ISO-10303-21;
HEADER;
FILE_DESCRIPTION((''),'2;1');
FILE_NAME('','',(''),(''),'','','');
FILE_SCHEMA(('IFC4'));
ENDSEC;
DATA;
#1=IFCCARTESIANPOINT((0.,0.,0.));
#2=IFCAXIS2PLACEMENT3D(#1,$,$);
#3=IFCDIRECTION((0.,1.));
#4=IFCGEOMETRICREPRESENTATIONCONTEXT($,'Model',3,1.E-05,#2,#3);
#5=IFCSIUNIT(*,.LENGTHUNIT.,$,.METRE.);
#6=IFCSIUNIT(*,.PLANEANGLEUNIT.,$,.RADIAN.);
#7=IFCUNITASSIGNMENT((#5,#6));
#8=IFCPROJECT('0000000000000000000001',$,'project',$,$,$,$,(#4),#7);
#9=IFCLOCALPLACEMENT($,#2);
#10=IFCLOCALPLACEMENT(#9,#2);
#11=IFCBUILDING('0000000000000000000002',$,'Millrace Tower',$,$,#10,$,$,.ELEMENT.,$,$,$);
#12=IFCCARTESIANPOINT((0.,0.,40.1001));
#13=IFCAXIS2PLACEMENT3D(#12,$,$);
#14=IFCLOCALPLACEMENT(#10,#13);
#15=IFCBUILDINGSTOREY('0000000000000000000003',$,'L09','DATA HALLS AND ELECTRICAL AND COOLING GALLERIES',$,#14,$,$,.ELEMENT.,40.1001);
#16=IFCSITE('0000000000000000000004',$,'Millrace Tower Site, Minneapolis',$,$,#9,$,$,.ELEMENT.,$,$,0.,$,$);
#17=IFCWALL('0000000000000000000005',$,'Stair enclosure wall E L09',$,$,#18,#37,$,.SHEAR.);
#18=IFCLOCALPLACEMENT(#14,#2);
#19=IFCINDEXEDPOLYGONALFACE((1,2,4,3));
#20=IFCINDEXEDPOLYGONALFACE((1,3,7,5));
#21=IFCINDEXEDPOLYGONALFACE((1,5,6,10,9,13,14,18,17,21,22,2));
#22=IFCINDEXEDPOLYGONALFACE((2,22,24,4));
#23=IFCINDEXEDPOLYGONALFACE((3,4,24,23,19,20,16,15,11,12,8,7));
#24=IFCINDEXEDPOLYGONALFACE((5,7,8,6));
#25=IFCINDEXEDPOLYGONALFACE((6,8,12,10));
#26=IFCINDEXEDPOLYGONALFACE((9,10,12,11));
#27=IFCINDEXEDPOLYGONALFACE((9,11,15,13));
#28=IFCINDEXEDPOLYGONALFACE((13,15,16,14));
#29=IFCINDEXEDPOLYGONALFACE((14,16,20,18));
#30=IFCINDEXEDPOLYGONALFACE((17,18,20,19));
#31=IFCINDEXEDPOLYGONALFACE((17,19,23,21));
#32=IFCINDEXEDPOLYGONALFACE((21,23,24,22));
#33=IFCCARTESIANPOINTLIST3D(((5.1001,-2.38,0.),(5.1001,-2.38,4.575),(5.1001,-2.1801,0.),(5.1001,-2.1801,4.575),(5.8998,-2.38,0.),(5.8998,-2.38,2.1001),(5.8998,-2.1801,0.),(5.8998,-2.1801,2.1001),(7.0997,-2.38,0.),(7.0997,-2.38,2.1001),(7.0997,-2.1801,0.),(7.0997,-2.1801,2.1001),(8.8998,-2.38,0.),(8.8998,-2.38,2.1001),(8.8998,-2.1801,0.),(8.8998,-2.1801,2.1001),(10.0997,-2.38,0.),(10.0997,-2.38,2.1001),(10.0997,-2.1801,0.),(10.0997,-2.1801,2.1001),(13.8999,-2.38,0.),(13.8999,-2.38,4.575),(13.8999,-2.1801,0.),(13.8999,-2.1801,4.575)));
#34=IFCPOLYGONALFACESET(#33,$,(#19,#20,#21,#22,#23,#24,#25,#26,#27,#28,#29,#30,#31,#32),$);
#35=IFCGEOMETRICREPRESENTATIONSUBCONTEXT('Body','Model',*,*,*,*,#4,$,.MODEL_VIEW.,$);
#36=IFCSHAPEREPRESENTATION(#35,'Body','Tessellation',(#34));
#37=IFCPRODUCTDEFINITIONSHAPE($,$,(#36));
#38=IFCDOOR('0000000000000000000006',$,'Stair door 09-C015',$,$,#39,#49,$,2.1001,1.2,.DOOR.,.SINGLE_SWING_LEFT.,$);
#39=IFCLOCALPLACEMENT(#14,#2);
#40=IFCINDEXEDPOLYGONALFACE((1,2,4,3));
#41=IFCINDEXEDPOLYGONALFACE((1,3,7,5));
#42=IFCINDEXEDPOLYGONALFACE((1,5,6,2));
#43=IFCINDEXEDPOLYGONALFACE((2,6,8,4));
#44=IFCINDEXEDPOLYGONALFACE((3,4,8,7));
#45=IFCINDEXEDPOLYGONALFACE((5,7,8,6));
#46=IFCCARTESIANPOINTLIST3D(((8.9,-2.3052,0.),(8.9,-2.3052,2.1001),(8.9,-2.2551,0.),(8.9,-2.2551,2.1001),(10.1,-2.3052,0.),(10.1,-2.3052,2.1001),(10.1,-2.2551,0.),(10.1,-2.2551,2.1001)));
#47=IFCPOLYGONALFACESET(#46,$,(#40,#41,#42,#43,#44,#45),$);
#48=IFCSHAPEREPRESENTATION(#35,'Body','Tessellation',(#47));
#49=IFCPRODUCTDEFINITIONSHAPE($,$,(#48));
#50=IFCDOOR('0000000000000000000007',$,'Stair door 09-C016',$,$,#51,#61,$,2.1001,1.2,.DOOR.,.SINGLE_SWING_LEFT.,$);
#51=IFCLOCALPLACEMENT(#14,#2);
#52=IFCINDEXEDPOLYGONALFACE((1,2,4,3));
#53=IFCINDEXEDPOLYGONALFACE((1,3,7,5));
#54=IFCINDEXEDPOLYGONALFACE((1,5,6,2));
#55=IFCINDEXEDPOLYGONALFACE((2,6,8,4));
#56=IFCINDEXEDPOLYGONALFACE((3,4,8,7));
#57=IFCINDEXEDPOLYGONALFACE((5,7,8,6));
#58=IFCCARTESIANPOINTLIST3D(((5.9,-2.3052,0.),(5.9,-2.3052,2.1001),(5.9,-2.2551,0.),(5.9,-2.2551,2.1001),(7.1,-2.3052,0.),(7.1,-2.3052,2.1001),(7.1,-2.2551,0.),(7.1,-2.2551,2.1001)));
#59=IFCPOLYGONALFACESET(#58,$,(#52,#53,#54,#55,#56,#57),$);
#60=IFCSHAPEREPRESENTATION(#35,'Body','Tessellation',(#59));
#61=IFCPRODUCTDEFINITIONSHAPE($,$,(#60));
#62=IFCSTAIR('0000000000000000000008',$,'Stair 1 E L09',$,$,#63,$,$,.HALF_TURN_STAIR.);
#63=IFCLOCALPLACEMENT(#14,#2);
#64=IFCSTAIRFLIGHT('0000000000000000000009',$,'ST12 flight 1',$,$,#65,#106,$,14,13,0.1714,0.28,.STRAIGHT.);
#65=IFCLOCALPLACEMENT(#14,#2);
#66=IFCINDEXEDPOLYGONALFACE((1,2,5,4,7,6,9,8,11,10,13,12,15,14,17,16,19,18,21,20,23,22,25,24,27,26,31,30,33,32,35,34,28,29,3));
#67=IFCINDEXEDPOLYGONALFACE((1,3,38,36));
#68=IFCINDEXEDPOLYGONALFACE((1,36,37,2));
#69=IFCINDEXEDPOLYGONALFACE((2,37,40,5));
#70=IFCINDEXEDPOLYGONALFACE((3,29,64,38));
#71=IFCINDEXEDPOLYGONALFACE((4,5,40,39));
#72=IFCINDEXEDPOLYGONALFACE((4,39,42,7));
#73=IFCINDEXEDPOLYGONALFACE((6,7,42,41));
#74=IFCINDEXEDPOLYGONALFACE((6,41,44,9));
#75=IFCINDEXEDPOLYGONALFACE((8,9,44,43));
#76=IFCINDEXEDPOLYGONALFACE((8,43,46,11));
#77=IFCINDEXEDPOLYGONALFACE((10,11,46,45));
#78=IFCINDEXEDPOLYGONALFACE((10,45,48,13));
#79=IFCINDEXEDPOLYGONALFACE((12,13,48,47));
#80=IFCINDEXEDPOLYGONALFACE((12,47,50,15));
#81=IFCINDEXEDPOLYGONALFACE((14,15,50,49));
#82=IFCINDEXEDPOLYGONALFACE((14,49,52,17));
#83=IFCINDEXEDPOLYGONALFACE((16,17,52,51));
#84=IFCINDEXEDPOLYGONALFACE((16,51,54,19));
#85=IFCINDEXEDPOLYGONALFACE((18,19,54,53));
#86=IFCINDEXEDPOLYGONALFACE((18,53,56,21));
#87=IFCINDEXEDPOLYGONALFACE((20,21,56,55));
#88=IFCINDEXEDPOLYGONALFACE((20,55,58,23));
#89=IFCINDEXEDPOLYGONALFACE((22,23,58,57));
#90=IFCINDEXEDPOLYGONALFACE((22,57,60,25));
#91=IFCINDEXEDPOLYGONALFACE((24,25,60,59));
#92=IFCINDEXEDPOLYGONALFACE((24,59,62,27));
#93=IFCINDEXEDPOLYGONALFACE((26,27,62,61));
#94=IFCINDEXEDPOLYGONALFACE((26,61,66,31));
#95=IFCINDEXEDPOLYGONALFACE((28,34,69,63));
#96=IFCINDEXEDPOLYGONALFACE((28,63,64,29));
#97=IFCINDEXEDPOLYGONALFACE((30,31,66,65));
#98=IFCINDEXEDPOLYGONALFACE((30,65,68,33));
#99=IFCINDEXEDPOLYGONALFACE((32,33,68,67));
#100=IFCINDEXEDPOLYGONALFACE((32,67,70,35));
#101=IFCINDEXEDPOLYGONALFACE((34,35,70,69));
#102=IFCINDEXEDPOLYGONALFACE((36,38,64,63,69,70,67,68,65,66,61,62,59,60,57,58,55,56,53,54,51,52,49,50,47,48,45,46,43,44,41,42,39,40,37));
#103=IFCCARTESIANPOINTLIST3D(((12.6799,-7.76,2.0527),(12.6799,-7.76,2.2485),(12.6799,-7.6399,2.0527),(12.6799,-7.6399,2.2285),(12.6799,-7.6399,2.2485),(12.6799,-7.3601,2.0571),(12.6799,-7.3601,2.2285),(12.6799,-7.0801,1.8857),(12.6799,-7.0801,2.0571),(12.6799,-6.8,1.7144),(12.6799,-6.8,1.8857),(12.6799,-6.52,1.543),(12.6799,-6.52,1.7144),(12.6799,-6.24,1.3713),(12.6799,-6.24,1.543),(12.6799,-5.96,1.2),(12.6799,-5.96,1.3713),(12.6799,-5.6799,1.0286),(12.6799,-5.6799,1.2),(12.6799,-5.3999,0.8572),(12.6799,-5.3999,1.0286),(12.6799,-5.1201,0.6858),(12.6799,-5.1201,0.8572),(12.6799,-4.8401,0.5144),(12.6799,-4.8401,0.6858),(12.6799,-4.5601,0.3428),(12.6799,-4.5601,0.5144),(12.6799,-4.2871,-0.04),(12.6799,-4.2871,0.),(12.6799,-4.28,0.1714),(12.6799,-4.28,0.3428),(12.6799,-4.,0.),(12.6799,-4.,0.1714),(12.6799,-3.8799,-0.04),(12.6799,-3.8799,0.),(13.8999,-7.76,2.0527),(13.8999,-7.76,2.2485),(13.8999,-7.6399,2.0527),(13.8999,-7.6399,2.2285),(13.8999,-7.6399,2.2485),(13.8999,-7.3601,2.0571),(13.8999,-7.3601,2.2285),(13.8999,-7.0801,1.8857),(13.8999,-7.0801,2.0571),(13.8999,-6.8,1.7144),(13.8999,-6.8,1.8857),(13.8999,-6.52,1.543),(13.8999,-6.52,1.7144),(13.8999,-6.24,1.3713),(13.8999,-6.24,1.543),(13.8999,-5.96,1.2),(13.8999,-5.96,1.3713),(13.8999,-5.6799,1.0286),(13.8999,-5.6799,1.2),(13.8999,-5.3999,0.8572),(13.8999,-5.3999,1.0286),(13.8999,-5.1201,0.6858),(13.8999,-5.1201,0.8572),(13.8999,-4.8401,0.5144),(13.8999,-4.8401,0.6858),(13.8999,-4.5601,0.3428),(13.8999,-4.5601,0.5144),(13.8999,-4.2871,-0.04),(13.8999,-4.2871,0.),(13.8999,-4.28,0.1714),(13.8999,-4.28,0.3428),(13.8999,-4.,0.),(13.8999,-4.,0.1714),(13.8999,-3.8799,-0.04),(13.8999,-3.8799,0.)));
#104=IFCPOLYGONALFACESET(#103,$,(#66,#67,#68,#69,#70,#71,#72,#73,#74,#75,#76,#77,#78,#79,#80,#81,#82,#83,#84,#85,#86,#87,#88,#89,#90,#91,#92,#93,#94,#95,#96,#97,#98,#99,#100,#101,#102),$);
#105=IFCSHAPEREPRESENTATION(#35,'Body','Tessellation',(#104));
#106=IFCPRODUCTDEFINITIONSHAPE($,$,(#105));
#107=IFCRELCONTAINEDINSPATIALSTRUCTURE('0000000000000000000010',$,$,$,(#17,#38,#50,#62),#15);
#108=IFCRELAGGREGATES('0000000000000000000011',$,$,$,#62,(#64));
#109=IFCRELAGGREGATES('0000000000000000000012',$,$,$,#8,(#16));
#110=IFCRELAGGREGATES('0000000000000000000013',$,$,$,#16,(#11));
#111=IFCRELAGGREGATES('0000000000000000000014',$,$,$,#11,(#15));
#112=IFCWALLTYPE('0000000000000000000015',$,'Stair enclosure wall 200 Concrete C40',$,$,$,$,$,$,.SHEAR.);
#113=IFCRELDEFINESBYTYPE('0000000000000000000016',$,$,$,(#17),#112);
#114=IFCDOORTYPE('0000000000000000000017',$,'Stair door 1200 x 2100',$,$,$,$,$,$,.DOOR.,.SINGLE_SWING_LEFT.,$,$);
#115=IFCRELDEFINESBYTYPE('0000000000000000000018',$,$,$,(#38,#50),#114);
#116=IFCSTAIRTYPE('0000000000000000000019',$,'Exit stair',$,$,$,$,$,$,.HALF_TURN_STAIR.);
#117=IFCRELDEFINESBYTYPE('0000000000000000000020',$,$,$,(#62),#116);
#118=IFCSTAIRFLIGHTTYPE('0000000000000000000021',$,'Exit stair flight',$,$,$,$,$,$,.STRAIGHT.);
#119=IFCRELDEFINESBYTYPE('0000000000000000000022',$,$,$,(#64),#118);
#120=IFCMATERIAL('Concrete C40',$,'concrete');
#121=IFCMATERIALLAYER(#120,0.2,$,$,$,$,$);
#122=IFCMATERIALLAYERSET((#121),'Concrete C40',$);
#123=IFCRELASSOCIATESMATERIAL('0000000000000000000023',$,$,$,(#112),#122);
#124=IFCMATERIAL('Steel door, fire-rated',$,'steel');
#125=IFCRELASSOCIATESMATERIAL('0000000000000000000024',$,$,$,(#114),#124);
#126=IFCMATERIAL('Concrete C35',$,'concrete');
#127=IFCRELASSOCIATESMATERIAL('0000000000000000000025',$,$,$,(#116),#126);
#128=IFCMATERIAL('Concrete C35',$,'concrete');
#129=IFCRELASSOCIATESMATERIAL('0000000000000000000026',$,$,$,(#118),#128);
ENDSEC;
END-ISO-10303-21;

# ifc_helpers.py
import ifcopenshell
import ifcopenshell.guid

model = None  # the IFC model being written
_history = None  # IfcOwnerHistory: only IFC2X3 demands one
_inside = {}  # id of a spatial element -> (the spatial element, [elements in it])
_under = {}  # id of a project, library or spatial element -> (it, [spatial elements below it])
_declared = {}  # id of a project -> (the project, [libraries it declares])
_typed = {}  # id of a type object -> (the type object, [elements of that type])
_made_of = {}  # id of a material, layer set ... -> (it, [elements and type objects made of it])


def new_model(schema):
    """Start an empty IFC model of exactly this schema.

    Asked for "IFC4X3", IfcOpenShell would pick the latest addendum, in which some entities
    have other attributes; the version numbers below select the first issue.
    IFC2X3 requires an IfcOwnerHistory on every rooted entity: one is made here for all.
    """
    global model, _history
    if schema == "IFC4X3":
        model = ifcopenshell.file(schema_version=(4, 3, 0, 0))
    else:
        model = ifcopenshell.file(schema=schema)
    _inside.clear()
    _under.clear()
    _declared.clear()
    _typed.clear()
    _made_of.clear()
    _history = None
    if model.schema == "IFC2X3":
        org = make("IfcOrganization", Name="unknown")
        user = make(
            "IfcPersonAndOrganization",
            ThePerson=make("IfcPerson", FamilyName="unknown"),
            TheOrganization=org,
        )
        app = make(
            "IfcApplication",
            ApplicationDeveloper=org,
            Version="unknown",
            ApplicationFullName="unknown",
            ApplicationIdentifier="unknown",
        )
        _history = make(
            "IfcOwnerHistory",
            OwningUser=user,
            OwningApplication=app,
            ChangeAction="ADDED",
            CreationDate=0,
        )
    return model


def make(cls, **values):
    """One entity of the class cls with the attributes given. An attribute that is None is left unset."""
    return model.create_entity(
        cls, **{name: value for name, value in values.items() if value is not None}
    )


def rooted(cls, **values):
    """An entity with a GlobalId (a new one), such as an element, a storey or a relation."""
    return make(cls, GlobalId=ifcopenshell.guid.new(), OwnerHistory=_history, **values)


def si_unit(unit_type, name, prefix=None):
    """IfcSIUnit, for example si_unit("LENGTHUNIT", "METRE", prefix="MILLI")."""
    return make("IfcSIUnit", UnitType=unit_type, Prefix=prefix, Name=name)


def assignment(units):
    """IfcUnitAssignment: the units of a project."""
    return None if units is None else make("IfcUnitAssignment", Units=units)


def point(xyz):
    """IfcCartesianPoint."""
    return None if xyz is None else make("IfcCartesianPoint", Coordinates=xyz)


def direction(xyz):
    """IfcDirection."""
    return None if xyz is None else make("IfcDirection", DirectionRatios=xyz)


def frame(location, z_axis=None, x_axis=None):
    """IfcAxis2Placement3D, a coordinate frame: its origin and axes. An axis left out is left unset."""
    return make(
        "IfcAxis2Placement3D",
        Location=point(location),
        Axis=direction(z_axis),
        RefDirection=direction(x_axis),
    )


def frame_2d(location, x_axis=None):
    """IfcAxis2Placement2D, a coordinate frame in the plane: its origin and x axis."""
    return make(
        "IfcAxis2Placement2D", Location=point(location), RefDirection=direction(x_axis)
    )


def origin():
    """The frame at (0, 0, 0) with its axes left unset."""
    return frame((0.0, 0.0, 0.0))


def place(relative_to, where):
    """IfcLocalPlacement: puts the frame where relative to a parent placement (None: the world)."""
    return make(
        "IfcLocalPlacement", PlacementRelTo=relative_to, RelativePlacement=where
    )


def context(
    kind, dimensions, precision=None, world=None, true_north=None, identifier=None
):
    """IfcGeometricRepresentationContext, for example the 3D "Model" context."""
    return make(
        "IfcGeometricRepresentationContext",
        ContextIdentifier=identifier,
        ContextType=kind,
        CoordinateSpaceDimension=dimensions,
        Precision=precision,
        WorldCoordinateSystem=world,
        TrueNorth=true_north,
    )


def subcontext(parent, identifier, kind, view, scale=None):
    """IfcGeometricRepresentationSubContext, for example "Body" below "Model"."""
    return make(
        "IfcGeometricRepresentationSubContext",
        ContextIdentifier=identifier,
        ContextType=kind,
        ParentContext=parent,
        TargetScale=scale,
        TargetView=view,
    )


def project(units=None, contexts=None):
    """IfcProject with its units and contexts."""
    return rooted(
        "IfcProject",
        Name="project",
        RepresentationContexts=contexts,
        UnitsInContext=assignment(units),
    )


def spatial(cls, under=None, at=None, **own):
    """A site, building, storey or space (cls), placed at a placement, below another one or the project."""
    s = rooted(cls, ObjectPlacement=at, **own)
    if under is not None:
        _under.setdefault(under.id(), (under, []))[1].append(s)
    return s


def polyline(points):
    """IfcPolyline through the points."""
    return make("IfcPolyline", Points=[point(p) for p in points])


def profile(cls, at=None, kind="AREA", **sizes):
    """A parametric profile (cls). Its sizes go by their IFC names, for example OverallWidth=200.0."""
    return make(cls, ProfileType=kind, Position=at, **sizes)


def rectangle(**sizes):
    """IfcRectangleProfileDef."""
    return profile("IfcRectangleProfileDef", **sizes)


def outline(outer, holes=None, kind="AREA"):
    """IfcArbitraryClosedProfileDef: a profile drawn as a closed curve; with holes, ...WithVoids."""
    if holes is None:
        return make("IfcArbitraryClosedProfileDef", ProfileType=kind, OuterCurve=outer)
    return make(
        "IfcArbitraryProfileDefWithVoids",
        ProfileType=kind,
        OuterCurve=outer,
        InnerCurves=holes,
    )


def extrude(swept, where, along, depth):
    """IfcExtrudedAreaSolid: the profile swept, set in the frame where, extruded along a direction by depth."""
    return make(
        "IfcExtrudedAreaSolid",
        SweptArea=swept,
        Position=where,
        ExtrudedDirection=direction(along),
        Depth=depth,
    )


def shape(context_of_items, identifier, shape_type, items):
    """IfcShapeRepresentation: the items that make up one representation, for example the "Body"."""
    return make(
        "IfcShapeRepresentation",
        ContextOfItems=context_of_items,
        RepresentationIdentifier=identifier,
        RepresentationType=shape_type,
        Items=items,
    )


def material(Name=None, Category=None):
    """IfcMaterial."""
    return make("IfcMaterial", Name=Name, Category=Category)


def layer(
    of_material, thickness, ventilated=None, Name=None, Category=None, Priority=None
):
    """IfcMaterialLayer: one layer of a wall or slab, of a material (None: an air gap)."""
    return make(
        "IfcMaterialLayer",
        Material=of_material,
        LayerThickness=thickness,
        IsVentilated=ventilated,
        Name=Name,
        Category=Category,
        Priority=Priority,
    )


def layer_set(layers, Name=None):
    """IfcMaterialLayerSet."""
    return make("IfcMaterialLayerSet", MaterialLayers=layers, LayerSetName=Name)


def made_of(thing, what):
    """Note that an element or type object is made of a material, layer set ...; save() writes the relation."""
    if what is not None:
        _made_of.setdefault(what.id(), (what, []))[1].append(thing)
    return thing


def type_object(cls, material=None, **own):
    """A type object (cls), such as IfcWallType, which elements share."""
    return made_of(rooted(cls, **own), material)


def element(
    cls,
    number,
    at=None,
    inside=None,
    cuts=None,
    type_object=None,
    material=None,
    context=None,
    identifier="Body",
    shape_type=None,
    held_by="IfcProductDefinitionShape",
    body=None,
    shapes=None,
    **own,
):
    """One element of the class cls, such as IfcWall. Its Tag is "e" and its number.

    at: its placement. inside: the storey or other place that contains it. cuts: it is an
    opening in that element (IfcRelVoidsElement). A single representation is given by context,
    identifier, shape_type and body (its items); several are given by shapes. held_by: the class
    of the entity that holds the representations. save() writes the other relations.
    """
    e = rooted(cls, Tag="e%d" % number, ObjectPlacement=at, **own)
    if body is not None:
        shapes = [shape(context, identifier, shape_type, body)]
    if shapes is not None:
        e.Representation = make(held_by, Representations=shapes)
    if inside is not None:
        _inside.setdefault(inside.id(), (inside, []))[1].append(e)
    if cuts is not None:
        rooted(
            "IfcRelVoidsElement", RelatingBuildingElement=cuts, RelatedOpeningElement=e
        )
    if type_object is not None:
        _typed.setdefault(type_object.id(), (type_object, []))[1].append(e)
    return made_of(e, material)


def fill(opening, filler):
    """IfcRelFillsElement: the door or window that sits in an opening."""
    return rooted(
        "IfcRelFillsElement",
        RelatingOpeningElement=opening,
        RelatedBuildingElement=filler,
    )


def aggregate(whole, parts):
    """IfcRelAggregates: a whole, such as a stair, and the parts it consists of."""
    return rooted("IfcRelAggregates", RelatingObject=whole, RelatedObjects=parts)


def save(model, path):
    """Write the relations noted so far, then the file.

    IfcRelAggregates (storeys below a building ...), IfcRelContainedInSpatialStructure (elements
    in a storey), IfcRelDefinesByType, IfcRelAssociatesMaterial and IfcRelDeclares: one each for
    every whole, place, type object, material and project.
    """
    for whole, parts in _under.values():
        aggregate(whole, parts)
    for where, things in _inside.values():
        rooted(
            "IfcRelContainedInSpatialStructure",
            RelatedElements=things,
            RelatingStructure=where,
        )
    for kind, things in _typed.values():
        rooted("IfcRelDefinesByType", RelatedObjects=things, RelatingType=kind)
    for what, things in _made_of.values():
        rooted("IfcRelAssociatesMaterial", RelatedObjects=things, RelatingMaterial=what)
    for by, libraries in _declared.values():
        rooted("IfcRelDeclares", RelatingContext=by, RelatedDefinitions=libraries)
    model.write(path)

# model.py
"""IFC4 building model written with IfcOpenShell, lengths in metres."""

from ifc_helpers import new_model, si_unit, direction, frame, frame_2d, origin, place, context, subcontext, project, spatial, polyline, rectangle, outline, extrude, material, layer, layer_set, type_object, element, fill, aggregate, save


model = new_model("IFC4")

# Units and contexts
model_context = context("Model", 3, precision=1e-05, world=origin(), true_north=direction((0.0, 1.0)))
body_context = subcontext(model_context, "Body", "Model", "MODEL_VIEW")
ifc_project = project(units=[si_unit("LENGTHUNIT", "METRE"), si_unit("PLANEANGLEUNIT", "RADIAN")], contexts=[model_context])

# Site, building, storey
site_placement = place(None, origin())
site = spatial("IfcSite", under=ifc_project, at=site_placement, Name="Millrace Tower Site, Minneapolis", CompositionType="ELEMENT", RefElevation=0.0)
building_placement = place(site_placement, origin())
building = spatial("IfcBuilding", under=site, at=building_placement, Name="Millrace Tower", CompositionType="ELEMENT")
storey_placement = place(building_placement, frame((0.0, 0.0, 40.1001)))
storey = spatial("IfcBuildingStorey", under=building, at=storey_placement, Name="L09", Description="DATA HALLS AND ELECTRICAL AND COOLING GALLERIES", CompositionType="ELEMENT", Elevation=40.1001)

# Shared definitions
placement = place(storey_placement, origin())

# Shared definitions
ifc_material_1 = material(Name="Concrete C40", Category="concrete")
ifc_layer_1 = layer(ifc_material_1, 0.2)
ifc_layer_set_1 = layer_set([ifc_layer_1], Name="Concrete C40")
wall_type_1 = type_object("IfcWallType", Name="Stair enclosure wall 200 Concrete C40", PredefinedType="SHEAR", material=ifc_layer_set_1)

# Wall, openings, doors
wall_1_placement = place(storey_placement, frame((13.8999, -2.28, 0.0), z_axis=(0.0, 0.0, 1.0), x_axis=(-1.0, 0.0, 0.0)))
wall_1 = element("IfcWall", 1, at=wall_1_placement, inside=storey, type_object=wall_type_1, Name="Stair enclosure wall E L09", PredefinedType="SHEAR", context=body_context, shape_type="SweptSolid", body=[
    extrude(rectangle(XDim=8.7998, YDim=0.2, at=frame_2d((4.3999, 0.0))), origin(), (0.0, 0.0, 1.0), 4.575),
])
opening_1_placement = place(wall_1_placement, frame((3.8, 0.0, 0.0)))
opening_1 = element("IfcOpeningElement", 2, at=opening_1_placement, cuts=wall_1, PredefinedType="OPENING", context=body_context, shape_type="SweptSolid", body=[
    extrude(rectangle(XDim=1.2, YDim=2.1001, at=frame_2d((0.6001, 1.05))), frame((0.0, 0.1099, 0.0), z_axis=(0.0, -1.0, 0.0), x_axis=(1.0, 0.0, 0.0)), (0.0, 0.0, 1.0), 0.22),
])
opening_2_placement = place(wall_1_placement, frame((6.8, 0.0, 0.0)))
opening_2 = element("IfcOpeningElement", 3, at=opening_2_placement, cuts=wall_1, PredefinedType="OPENING", context=body_context, shape_type="SweptSolid", body=[
    extrude(rectangle(XDim=1.2, YDim=2.1001, at=frame_2d((0.6001, 1.05))), frame((0.0, 0.1099, 0.0), z_axis=(0.0, -1.0, 0.0), x_axis=(1.0, 0.0, 0.0)), (0.0, 0.0, 1.0), 0.22),
])
ifc_material_2 = material(Name="Steel door, fire-rated", Category="steel")
door_type_1 = type_object("IfcDoorType", Name="Stair door 1200 x 2100", OperationType="SINGLE_SWING_LEFT", PredefinedType="DOOR", material=ifc_material_2)
door_1_placement = place(opening_1_placement, frame((1.2, 0.0, 0.0), z_axis=(0.0, 0.0, 1.0), x_axis=(-1.0, 0.0, 0.0)))
door_1 = element("IfcDoor", 4, at=door_1_placement, inside=storey, type_object=door_type_1, Name="Stair door 09-C015", OperationType="SINGLE_SWING_LEFT", OverallHeight=2.1001, OverallWidth=1.2, PredefinedType="DOOR", context=body_context, shape_type="SweptSolid", body=[
    extrude(rectangle(XDim=1.2, YDim=2.1001, at=frame_2d((0.6001, 1.05))), frame((0.0, 0.0249, 0.0), z_axis=(0.0, -1.0, 0.0), x_axis=(1.0, 0.0, 0.0)), (0.0, 0.0, 1.0), 0.05),
])
fill(opening_1, door_1)
door_2_placement = place(opening_2_placement, frame((1.2, 0.0, 0.0), z_axis=(0.0, 0.0, 1.0), x_axis=(-1.0, 0.0, 0.0)))
door_2 = element("IfcDoor", 5, at=door_2_placement, inside=storey, type_object=door_type_1, Name="Stair door 09-C016", OperationType="SINGLE_SWING_LEFT", OverallHeight=2.1001, OverallWidth=1.2, PredefinedType="DOOR", context=body_context, shape_type="SweptSolid", body=[
    extrude(rectangle(XDim=1.2, YDim=2.1001, at=frame_2d((0.6001, 1.05))), frame((0.0, 0.0249, 0.0), z_axis=(0.0, -1.0, 0.0), x_axis=(1.0, 0.0, 0.0)), (0.0, 0.0, 1.0), 0.05),
])
fill(opening_2, door_2)

# Stair, stair flight
ifc_material_3 = material(Name="Concrete C35", Category="concrete")
stair_type = type_object("IfcStairType", Name="Exit stair", PredefinedType="HALF_TURN_STAIR", material=ifc_material_3)
stair = element("IfcStair", 6, at=placement, inside=storey, type_object=stair_type, Name="Stair 1 E L09", PredefinedType="HALF_TURN_STAIR")
ifc_material_4 = material(Name="Concrete C35", Category="concrete")
stair_flight_type = type_object("IfcStairFlightType", Name="Exit stair flight", PredefinedType="STRAIGHT", material=ifc_material_4)
stair_flight_placement = place(storey_placement, frame((13.29, -4.0, 0.0), z_axis=(0.0, 0.0, 1.0), x_axis=(0.0, -1.0, 0.0)))
stair_flight = element("IfcStairFlight", 7, at=stair_flight_placement, type_object=stair_flight_type, Name="ST12 flight 1", NumberOfRisers=14, NumberOfTreads=13, PredefinedType="STRAIGHT", RiserHeight=0.1714, TreadLength=0.28, context=body_context, shape_type="SweptSolid", body=[
    extrude(outline(polyline([(-0.1201, -0.04), (-0.1201, 0.0), (0.0, 0.0), (0.0, 0.1714), (0.28, 0.1714), (0.28, 0.3428), (0.5601, 0.3428), (0.5601, 0.5144), (0.8401, 0.5144), (0.8401, 0.6858), (1.1201, 0.6858), (1.1201, 0.8572), (1.3999, 0.8572), (1.3999, 1.0286), (1.6799, 1.0286), (1.6799, 1.2), (1.96, 1.2), (1.96, 1.3713), (2.24, 1.3713), (2.24, 1.543), (2.52, 1.543), (2.52, 1.7144), (2.8, 1.7144), (2.8, 1.8857), (3.0801, 1.8857), (3.0801, 2.0571), (3.3601, 2.0571), (3.3601, 2.2285), (3.6399, 2.2285), (3.6399, 2.2485), (3.76, 2.2485), (3.76, 2.0527), (3.6399, 2.0527), (0.2871, 0.0), (0.2871, -0.04), (-0.1201, -0.04)])), frame((0.0, 0.6099, 0.0), z_axis=(0.0, -1.0, 0.0), x_axis=(1.0, 0.0, 0.0)), (0.0, 0.0, 1.0), 1.22),
])
aggregate(stair, [stair_flight])

save(model, "model.ifc")
